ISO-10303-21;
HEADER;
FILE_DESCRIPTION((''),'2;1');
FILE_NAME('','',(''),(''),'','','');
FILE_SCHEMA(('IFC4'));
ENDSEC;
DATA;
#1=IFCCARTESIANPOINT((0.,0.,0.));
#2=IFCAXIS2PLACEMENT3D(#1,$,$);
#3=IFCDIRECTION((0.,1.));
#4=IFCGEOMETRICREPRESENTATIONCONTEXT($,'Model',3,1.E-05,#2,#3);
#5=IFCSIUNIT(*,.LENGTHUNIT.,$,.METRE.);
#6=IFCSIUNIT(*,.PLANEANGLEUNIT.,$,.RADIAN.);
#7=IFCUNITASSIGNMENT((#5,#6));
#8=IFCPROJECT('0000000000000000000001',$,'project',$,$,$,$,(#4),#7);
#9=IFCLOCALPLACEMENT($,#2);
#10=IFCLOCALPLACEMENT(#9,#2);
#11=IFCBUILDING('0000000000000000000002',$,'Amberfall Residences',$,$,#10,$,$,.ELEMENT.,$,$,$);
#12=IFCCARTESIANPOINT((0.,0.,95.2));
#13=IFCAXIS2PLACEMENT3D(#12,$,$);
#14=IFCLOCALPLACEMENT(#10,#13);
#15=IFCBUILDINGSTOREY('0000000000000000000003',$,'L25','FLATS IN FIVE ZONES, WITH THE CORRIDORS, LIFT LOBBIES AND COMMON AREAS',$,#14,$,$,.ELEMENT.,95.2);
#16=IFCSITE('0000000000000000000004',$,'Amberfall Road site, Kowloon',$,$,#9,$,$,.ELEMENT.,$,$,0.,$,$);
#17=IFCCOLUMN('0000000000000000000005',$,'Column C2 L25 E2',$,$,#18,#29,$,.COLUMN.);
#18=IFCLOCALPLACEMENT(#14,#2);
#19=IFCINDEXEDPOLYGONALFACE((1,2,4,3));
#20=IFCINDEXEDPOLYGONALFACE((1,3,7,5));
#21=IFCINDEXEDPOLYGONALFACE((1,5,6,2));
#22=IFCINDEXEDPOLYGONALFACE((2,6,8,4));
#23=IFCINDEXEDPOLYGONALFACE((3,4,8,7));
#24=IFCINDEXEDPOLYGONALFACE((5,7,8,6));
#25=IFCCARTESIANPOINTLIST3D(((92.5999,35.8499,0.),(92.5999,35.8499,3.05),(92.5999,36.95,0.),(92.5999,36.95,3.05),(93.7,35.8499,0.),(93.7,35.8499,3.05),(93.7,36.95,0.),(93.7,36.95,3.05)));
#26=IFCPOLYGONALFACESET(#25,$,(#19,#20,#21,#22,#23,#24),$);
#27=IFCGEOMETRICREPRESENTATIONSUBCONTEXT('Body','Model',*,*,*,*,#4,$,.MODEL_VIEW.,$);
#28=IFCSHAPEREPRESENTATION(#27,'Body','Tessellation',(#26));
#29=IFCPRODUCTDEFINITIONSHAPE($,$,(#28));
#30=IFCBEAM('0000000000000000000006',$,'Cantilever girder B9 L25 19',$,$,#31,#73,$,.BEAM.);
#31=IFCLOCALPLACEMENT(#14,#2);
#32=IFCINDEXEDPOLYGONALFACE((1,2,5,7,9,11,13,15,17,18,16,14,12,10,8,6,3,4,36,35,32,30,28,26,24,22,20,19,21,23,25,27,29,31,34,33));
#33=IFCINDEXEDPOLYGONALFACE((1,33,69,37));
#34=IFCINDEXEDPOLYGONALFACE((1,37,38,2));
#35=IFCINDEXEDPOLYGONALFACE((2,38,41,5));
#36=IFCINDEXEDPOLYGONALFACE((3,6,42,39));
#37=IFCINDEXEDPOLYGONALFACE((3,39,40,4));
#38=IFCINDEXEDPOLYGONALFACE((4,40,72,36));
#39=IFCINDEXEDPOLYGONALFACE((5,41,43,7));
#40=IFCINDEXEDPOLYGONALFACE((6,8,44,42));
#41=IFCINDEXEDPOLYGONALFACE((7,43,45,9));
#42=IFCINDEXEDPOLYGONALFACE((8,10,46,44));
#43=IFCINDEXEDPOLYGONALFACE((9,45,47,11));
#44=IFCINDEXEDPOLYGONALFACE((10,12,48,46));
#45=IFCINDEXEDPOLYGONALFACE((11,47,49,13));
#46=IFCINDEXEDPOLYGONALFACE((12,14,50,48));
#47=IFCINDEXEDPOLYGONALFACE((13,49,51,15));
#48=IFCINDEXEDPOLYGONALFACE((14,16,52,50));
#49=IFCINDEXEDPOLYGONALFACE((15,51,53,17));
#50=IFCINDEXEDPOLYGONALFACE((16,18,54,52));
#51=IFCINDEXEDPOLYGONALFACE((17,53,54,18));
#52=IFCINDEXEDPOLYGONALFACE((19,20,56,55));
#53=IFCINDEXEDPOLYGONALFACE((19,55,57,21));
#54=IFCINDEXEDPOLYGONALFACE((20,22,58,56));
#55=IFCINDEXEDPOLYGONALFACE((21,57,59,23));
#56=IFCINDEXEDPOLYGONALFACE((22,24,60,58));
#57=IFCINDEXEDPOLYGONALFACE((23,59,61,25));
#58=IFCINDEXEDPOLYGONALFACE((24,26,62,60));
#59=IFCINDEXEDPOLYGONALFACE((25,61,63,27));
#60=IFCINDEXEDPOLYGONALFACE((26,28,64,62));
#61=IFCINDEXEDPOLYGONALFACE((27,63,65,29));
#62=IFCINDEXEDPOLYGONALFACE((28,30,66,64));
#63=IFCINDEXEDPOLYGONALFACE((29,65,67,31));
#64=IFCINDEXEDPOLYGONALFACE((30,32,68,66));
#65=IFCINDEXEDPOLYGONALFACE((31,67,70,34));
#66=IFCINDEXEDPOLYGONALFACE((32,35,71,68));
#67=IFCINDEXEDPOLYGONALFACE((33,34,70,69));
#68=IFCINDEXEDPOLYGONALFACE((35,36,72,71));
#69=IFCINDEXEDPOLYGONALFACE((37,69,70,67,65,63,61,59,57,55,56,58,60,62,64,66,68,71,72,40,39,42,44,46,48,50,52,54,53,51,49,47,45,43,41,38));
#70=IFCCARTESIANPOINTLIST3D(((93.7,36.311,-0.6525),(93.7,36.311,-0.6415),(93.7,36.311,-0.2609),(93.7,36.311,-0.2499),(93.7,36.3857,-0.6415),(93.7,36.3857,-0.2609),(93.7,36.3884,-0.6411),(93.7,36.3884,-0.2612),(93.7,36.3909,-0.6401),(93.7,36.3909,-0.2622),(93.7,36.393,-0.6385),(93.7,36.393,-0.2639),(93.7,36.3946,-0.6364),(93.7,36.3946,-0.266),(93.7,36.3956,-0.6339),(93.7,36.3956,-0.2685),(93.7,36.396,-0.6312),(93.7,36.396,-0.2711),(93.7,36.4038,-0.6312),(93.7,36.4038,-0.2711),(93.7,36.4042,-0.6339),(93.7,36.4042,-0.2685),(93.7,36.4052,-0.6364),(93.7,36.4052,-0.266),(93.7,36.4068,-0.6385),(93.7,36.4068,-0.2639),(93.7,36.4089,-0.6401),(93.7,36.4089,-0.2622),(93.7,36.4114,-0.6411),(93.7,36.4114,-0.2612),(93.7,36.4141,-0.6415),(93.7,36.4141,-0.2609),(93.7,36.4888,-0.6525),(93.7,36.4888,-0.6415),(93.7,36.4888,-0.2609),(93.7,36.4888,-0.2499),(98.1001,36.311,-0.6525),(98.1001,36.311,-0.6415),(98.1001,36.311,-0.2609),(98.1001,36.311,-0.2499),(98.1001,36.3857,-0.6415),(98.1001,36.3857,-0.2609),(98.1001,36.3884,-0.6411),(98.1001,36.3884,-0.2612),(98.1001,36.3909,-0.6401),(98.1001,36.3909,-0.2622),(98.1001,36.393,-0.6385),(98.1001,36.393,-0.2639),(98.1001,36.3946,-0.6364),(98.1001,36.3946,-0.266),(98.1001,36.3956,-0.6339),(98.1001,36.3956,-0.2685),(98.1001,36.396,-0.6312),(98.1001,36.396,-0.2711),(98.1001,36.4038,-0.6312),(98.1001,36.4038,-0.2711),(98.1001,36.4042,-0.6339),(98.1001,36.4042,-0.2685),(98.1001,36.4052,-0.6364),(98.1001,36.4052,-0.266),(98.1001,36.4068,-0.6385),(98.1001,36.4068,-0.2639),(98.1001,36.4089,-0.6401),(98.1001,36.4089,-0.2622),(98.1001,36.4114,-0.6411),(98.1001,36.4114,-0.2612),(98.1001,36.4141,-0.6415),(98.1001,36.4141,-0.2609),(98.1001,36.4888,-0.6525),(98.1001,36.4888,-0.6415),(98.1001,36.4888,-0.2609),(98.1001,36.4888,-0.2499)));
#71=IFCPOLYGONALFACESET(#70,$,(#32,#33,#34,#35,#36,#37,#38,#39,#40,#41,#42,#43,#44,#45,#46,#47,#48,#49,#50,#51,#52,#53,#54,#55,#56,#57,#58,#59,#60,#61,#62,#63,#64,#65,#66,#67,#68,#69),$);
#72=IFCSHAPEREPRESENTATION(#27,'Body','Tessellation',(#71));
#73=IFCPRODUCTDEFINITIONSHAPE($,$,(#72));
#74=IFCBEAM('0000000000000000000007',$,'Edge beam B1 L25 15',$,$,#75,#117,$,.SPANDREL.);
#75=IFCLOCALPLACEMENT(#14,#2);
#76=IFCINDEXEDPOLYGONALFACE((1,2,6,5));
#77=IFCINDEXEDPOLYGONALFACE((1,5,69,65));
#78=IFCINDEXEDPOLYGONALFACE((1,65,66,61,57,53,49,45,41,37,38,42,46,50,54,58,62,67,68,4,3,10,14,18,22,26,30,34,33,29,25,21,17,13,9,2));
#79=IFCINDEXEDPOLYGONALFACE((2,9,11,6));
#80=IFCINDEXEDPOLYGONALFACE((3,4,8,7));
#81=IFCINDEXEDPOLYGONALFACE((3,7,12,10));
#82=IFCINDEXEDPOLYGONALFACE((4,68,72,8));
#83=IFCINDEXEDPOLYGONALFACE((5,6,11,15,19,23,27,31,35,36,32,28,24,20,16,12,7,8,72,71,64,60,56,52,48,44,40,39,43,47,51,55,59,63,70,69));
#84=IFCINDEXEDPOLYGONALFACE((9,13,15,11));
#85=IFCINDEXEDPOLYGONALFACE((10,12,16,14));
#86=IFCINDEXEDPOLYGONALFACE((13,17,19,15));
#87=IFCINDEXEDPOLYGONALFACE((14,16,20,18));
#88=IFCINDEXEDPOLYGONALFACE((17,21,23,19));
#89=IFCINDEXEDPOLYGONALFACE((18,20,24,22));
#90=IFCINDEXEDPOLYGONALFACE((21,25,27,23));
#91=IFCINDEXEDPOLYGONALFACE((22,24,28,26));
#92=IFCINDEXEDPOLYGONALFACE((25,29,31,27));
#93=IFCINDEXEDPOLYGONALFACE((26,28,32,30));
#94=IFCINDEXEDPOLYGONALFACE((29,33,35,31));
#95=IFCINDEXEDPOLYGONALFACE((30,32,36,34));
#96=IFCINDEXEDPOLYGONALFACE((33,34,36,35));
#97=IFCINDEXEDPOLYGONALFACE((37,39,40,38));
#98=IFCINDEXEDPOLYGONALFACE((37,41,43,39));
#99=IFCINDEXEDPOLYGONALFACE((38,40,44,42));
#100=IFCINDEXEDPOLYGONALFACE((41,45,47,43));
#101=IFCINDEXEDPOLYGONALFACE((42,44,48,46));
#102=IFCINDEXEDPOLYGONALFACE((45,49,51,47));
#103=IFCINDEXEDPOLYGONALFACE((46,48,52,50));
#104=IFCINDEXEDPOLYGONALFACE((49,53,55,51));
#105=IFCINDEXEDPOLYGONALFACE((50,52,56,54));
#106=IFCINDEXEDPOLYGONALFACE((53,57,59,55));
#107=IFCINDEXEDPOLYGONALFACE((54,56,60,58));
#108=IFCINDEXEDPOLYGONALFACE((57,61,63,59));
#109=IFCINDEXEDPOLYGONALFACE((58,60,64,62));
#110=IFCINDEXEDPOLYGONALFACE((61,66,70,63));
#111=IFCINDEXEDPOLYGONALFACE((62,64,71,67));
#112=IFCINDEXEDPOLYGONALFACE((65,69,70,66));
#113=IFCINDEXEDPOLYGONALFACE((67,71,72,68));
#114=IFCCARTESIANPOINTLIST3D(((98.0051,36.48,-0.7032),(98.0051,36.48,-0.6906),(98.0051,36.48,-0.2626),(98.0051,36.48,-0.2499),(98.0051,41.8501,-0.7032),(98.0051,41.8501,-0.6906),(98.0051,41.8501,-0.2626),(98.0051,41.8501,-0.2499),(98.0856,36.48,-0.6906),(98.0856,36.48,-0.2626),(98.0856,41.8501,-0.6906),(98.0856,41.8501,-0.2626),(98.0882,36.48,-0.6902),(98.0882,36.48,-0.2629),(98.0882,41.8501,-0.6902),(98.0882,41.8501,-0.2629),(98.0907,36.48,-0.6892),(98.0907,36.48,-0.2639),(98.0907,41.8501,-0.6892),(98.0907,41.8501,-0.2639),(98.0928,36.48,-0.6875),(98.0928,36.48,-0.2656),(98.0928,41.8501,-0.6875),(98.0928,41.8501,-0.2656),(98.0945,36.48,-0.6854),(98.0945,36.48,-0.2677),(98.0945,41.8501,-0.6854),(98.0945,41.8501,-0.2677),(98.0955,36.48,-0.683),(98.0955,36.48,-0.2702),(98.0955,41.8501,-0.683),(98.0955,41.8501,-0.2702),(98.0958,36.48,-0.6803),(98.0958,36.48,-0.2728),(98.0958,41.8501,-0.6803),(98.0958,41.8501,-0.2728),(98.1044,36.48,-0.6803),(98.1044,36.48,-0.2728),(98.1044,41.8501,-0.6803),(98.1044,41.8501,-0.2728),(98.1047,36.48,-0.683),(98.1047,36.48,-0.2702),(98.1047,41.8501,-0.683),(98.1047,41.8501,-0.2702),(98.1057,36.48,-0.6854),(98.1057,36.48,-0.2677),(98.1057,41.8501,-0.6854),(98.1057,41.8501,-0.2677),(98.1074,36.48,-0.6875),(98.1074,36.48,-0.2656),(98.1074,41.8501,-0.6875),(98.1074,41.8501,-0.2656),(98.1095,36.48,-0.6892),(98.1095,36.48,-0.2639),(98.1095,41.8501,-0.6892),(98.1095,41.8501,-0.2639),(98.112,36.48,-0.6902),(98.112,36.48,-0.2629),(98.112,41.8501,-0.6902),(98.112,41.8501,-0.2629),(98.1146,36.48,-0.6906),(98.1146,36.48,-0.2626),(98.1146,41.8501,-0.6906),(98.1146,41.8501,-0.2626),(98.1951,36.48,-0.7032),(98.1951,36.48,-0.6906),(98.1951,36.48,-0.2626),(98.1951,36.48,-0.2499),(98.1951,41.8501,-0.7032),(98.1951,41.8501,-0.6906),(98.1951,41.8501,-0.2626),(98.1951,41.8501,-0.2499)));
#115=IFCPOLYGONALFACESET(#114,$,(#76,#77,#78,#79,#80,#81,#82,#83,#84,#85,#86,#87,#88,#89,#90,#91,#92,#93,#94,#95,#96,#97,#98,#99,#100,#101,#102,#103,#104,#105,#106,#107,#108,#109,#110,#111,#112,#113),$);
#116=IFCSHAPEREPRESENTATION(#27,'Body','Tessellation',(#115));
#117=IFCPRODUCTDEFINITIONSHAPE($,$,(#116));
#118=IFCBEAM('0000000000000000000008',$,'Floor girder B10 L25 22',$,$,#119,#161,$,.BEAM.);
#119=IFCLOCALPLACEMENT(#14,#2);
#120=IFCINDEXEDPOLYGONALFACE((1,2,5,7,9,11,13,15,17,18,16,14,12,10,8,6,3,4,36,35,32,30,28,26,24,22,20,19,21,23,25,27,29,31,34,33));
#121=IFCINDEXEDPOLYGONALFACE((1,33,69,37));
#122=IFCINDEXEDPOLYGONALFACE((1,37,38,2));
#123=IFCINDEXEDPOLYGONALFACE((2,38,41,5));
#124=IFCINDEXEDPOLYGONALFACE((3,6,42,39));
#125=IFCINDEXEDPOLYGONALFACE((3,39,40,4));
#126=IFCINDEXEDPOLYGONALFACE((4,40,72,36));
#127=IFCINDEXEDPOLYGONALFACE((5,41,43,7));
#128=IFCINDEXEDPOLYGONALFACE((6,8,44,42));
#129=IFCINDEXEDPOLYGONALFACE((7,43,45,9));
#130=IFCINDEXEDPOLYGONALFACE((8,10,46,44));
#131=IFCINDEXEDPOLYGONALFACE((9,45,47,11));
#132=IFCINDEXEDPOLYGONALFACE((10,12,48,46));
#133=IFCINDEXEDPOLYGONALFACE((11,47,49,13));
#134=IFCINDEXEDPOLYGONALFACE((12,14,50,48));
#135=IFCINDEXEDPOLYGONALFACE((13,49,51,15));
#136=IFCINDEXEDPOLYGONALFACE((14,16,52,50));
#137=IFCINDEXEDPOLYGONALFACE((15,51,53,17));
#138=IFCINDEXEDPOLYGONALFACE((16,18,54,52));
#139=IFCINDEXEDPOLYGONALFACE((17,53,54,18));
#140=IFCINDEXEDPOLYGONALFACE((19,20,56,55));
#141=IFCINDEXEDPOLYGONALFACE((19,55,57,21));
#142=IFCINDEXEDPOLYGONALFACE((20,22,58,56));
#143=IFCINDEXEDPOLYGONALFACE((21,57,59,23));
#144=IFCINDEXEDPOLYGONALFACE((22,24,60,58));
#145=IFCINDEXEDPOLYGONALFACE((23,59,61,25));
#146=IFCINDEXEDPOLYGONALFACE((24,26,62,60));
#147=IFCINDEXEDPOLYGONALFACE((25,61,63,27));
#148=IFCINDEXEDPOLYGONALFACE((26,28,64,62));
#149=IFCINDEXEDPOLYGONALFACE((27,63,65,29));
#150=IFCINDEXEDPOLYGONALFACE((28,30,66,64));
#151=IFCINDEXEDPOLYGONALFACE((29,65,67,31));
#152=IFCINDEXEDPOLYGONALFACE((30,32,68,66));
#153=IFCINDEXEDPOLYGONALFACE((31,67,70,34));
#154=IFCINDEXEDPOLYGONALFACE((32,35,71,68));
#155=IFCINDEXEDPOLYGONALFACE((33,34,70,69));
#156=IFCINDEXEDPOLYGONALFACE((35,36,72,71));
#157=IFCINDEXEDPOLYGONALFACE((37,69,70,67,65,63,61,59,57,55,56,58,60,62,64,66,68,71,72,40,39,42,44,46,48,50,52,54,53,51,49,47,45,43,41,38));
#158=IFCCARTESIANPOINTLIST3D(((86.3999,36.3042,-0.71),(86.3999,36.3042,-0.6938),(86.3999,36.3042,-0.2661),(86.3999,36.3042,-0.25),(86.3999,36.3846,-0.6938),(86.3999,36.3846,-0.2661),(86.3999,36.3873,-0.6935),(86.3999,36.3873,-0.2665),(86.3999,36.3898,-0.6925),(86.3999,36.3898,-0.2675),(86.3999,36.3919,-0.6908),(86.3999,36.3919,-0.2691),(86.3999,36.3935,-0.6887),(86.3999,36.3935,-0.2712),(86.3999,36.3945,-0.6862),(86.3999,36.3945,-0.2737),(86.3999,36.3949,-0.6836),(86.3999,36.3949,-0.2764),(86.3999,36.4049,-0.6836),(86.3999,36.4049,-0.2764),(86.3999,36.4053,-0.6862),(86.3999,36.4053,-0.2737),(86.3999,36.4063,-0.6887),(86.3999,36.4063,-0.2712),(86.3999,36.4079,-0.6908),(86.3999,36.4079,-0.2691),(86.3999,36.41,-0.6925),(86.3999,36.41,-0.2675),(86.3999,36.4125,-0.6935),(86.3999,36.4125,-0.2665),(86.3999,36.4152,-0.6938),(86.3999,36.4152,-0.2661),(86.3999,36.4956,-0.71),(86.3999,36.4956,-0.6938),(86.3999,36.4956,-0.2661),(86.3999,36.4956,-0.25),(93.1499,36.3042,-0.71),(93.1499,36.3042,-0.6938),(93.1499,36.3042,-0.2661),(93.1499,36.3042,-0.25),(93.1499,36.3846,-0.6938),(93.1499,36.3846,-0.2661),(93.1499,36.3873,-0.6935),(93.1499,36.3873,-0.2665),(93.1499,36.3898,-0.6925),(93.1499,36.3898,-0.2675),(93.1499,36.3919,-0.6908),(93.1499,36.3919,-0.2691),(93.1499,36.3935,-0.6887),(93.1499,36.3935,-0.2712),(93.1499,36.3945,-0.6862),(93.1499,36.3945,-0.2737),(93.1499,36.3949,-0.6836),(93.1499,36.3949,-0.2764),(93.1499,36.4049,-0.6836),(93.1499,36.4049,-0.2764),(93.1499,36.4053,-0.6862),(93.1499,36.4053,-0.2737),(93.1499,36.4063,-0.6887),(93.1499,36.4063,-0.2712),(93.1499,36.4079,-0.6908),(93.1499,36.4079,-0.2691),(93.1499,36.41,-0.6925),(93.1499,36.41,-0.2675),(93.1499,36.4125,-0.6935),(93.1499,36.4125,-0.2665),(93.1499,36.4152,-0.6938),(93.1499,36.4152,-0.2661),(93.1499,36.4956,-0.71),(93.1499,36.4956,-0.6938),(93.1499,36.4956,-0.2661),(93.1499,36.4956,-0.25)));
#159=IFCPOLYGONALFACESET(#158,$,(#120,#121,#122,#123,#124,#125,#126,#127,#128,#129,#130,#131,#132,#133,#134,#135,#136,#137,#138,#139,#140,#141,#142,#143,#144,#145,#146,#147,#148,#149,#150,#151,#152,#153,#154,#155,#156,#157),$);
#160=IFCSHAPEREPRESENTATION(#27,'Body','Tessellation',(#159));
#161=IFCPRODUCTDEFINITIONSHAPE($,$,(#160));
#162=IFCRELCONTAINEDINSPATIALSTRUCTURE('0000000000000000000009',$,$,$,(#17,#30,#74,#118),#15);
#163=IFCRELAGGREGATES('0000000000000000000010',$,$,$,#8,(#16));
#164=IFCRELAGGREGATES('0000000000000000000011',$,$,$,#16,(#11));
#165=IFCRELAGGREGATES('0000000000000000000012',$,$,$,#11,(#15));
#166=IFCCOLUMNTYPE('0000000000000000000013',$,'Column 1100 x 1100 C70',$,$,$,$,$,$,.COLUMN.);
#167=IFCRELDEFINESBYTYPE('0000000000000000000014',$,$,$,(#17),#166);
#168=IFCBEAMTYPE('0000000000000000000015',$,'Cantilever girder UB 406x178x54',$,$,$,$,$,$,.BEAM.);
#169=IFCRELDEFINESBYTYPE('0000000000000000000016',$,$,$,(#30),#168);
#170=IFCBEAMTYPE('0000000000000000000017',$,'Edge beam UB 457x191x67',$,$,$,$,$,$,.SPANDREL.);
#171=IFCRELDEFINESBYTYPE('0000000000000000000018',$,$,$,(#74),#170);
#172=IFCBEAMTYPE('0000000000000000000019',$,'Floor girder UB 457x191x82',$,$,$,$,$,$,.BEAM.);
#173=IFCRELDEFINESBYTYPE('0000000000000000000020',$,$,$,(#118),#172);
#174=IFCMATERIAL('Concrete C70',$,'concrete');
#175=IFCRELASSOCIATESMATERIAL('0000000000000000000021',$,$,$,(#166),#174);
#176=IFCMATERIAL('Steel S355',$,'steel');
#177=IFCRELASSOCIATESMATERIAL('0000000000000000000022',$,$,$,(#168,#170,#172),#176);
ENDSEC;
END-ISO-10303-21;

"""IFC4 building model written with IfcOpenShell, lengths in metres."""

from ifc_helpers import new_model, si_unit, direction, frame, origin, origin_2d, place, context, subcontext, project, spatial, rectangle, i_section, extrude, material, material_profile, profile_set, type_object, element, save


model = new_model("IFC4")

# Units and contexts
model_context = context("Model", 3, precision=1e-05, world=origin(), true_north=direction((0.0, 1.0)))
body_context = subcontext(model_context, "Body", "Model", "MODEL_VIEW")
ifc_project = project(units=[si_unit("LENGTHUNIT", "METRE"), si_unit("PLANEANGLEUNIT", "RADIAN")], contexts=[model_context])

# Site, building, storey
site_placement = place(None, origin())
site = spatial("IfcSite", under=ifc_project, at=site_placement, Name="Amberfall Road site, Kowloon", CompositionType="ELEMENT", RefElevation=0.0)
building_placement = place(site_placement, origin())
building = spatial("IfcBuilding", under=site, at=building_placement, Name="Amberfall Residences", CompositionType="ELEMENT")
storey_placement = place(building_placement, frame((0.0, 0.0, 95.2)))
storey = spatial("IfcBuildingStorey", under=building, at=storey_placement, Name="L25", Description="FLATS IN FIVE ZONES, WITH THE CORRIDORS, LIFT LOBBIES AND COMMON AREAS", CompositionType="ELEMENT", Elevation=95.2)

# Column
ifc_material_1 = material(Name="Concrete C70", Category="concrete")
ifc_material_profile_1 = material_profile(ifc_material_1, rectangle(XDim=1.1001, YDim=1.1001, at=origin_2d()), Name="Column 1100 x 1100 C70")
ifc_profile_set_1 = profile_set([ifc_material_profile_1], Name="Concrete C70")
column_type = type_object("IfcColumnType", Name="Column 1100 x 1100 C70", PredefinedType="COLUMN", material=ifc_profile_set_1)
column_placement = place(storey_placement, frame((93.1499, 36.3999, 0.0), z_axis=(0.0, 0.0, 1.0), x_axis=(1.0, 0.0, 0.0)))
element("IfcColumn", 1, at=column_placement, inside=storey, type_object=column_type, Name="Column C2 L25 E2", PredefinedType="COLUMN", context=body_context, shape_type="SweptSolid", body=[
    extrude(rectangle(XDim=1.1001, YDim=1.1001, at=origin_2d()), origin(), (0.0, 0.0, 1.0), 3.05),
])

# Beams
ifc_material_2 = material(Name="Steel S355", Category="steel")
ifc_material_profile_2 = material_profile(ifc_material_2, i_section(OverallWidth=0.1777, OverallDepth=0.4026, WebThickness=0.0078, FlangeThickness=0.011, FilletRadius=0.0103, at=origin_2d()), Name="UB 406x178x54")
ifc_profile_set_2 = profile_set([ifc_material_profile_2], Name="Steel S355")
beam_type_1 = type_object("IfcBeamType", Name="Cantilever girder UB 406x178x54", PredefinedType="BEAM", material=ifc_profile_set_2)
beam_1_placement = place(storey_placement, frame((93.7, 36.3999, -0.4512), z_axis=(1.0, 0.0, 0.0), x_axis=(0.0, 1.0, 0.0)))
element("IfcBeam", 2, at=beam_1_placement, inside=storey, type_object=beam_type_1, Name="Cantilever girder B9 L25 19", PredefinedType="BEAM", context=body_context, shape_type="SweptSolid", body=[
    extrude(i_section(OverallWidth=0.1777, OverallDepth=0.4026, WebThickness=0.0078, FlangeThickness=0.011, FilletRadius=0.0103, at=origin_2d()), origin(), (0.0, 0.0, 1.0), 4.4001),
])
ifc_material_profile_3 = material_profile(ifc_material_2, i_section(OverallWidth=0.1899, OverallDepth=0.4534, WebThickness=0.0085, FlangeThickness=0.0127, FilletRadius=0.0103, at=origin_2d()), Name="UB 457x191x67")
ifc_profile_set_3 = profile_set([ifc_material_profile_3], Name="Steel S355")
beam_type_2 = type_object("IfcBeamType", Name="Edge beam UB 457x191x67", PredefinedType="SPANDREL", material=ifc_profile_set_3)
beam_2_placement = place(storey_placement, frame((98.1001, 36.48, -0.4766), z_axis=(0.0, 1.0, 0.0), x_axis=(-1.0, 0.0, 0.0)))
element("IfcBeam", 3, at=beam_2_placement, inside=storey, type_object=beam_type_2, Name="Edge beam B1 L25 15", PredefinedType="SPANDREL", context=body_context, shape_type="SweptSolid", body=[
    extrude(i_section(OverallWidth=0.1899, OverallDepth=0.4534, WebThickness=0.0085, FlangeThickness=0.0127, FilletRadius=0.0103, at=origin_2d()), origin(), (0.0, 0.0, 1.0), 5.3701),
])
ifc_material_profile_4 = material_profile(ifc_material_2, i_section(OverallWidth=0.1914, OverallDepth=0.46, WebThickness=0.01, FlangeThickness=0.0161, FilletRadius=0.0103, at=origin_2d()), Name="UB 457x191x82")
ifc_profile_set_4 = profile_set([ifc_material_profile_4], Name="Steel S355")
beam_type_3 = type_object("IfcBeamType", Name="Floor girder UB 457x191x82", PredefinedType="BEAM", material=ifc_profile_set_4)
beam_3_placement = place(storey_placement, frame((93.1499, 36.3999, -0.48), z_axis=(-1.0, 0.0, 0.0), x_axis=(0.0, -1.0, 0.0)))
element("IfcBeam", 4, at=beam_3_placement, inside=storey, type_object=beam_type_3, Name="Floor girder B10 L25 22", PredefinedType="BEAM", context=body_context, shape_type="SweptSolid", body=[
    extrude(i_section(OverallWidth=0.1914, OverallDepth=0.46, WebThickness=0.01, FlangeThickness=0.0161, FilletRadius=0.0103, at=origin_2d()), origin(), (0.0, 0.0, 1.0), 6.75),
])

save(model, "model.ifc")
